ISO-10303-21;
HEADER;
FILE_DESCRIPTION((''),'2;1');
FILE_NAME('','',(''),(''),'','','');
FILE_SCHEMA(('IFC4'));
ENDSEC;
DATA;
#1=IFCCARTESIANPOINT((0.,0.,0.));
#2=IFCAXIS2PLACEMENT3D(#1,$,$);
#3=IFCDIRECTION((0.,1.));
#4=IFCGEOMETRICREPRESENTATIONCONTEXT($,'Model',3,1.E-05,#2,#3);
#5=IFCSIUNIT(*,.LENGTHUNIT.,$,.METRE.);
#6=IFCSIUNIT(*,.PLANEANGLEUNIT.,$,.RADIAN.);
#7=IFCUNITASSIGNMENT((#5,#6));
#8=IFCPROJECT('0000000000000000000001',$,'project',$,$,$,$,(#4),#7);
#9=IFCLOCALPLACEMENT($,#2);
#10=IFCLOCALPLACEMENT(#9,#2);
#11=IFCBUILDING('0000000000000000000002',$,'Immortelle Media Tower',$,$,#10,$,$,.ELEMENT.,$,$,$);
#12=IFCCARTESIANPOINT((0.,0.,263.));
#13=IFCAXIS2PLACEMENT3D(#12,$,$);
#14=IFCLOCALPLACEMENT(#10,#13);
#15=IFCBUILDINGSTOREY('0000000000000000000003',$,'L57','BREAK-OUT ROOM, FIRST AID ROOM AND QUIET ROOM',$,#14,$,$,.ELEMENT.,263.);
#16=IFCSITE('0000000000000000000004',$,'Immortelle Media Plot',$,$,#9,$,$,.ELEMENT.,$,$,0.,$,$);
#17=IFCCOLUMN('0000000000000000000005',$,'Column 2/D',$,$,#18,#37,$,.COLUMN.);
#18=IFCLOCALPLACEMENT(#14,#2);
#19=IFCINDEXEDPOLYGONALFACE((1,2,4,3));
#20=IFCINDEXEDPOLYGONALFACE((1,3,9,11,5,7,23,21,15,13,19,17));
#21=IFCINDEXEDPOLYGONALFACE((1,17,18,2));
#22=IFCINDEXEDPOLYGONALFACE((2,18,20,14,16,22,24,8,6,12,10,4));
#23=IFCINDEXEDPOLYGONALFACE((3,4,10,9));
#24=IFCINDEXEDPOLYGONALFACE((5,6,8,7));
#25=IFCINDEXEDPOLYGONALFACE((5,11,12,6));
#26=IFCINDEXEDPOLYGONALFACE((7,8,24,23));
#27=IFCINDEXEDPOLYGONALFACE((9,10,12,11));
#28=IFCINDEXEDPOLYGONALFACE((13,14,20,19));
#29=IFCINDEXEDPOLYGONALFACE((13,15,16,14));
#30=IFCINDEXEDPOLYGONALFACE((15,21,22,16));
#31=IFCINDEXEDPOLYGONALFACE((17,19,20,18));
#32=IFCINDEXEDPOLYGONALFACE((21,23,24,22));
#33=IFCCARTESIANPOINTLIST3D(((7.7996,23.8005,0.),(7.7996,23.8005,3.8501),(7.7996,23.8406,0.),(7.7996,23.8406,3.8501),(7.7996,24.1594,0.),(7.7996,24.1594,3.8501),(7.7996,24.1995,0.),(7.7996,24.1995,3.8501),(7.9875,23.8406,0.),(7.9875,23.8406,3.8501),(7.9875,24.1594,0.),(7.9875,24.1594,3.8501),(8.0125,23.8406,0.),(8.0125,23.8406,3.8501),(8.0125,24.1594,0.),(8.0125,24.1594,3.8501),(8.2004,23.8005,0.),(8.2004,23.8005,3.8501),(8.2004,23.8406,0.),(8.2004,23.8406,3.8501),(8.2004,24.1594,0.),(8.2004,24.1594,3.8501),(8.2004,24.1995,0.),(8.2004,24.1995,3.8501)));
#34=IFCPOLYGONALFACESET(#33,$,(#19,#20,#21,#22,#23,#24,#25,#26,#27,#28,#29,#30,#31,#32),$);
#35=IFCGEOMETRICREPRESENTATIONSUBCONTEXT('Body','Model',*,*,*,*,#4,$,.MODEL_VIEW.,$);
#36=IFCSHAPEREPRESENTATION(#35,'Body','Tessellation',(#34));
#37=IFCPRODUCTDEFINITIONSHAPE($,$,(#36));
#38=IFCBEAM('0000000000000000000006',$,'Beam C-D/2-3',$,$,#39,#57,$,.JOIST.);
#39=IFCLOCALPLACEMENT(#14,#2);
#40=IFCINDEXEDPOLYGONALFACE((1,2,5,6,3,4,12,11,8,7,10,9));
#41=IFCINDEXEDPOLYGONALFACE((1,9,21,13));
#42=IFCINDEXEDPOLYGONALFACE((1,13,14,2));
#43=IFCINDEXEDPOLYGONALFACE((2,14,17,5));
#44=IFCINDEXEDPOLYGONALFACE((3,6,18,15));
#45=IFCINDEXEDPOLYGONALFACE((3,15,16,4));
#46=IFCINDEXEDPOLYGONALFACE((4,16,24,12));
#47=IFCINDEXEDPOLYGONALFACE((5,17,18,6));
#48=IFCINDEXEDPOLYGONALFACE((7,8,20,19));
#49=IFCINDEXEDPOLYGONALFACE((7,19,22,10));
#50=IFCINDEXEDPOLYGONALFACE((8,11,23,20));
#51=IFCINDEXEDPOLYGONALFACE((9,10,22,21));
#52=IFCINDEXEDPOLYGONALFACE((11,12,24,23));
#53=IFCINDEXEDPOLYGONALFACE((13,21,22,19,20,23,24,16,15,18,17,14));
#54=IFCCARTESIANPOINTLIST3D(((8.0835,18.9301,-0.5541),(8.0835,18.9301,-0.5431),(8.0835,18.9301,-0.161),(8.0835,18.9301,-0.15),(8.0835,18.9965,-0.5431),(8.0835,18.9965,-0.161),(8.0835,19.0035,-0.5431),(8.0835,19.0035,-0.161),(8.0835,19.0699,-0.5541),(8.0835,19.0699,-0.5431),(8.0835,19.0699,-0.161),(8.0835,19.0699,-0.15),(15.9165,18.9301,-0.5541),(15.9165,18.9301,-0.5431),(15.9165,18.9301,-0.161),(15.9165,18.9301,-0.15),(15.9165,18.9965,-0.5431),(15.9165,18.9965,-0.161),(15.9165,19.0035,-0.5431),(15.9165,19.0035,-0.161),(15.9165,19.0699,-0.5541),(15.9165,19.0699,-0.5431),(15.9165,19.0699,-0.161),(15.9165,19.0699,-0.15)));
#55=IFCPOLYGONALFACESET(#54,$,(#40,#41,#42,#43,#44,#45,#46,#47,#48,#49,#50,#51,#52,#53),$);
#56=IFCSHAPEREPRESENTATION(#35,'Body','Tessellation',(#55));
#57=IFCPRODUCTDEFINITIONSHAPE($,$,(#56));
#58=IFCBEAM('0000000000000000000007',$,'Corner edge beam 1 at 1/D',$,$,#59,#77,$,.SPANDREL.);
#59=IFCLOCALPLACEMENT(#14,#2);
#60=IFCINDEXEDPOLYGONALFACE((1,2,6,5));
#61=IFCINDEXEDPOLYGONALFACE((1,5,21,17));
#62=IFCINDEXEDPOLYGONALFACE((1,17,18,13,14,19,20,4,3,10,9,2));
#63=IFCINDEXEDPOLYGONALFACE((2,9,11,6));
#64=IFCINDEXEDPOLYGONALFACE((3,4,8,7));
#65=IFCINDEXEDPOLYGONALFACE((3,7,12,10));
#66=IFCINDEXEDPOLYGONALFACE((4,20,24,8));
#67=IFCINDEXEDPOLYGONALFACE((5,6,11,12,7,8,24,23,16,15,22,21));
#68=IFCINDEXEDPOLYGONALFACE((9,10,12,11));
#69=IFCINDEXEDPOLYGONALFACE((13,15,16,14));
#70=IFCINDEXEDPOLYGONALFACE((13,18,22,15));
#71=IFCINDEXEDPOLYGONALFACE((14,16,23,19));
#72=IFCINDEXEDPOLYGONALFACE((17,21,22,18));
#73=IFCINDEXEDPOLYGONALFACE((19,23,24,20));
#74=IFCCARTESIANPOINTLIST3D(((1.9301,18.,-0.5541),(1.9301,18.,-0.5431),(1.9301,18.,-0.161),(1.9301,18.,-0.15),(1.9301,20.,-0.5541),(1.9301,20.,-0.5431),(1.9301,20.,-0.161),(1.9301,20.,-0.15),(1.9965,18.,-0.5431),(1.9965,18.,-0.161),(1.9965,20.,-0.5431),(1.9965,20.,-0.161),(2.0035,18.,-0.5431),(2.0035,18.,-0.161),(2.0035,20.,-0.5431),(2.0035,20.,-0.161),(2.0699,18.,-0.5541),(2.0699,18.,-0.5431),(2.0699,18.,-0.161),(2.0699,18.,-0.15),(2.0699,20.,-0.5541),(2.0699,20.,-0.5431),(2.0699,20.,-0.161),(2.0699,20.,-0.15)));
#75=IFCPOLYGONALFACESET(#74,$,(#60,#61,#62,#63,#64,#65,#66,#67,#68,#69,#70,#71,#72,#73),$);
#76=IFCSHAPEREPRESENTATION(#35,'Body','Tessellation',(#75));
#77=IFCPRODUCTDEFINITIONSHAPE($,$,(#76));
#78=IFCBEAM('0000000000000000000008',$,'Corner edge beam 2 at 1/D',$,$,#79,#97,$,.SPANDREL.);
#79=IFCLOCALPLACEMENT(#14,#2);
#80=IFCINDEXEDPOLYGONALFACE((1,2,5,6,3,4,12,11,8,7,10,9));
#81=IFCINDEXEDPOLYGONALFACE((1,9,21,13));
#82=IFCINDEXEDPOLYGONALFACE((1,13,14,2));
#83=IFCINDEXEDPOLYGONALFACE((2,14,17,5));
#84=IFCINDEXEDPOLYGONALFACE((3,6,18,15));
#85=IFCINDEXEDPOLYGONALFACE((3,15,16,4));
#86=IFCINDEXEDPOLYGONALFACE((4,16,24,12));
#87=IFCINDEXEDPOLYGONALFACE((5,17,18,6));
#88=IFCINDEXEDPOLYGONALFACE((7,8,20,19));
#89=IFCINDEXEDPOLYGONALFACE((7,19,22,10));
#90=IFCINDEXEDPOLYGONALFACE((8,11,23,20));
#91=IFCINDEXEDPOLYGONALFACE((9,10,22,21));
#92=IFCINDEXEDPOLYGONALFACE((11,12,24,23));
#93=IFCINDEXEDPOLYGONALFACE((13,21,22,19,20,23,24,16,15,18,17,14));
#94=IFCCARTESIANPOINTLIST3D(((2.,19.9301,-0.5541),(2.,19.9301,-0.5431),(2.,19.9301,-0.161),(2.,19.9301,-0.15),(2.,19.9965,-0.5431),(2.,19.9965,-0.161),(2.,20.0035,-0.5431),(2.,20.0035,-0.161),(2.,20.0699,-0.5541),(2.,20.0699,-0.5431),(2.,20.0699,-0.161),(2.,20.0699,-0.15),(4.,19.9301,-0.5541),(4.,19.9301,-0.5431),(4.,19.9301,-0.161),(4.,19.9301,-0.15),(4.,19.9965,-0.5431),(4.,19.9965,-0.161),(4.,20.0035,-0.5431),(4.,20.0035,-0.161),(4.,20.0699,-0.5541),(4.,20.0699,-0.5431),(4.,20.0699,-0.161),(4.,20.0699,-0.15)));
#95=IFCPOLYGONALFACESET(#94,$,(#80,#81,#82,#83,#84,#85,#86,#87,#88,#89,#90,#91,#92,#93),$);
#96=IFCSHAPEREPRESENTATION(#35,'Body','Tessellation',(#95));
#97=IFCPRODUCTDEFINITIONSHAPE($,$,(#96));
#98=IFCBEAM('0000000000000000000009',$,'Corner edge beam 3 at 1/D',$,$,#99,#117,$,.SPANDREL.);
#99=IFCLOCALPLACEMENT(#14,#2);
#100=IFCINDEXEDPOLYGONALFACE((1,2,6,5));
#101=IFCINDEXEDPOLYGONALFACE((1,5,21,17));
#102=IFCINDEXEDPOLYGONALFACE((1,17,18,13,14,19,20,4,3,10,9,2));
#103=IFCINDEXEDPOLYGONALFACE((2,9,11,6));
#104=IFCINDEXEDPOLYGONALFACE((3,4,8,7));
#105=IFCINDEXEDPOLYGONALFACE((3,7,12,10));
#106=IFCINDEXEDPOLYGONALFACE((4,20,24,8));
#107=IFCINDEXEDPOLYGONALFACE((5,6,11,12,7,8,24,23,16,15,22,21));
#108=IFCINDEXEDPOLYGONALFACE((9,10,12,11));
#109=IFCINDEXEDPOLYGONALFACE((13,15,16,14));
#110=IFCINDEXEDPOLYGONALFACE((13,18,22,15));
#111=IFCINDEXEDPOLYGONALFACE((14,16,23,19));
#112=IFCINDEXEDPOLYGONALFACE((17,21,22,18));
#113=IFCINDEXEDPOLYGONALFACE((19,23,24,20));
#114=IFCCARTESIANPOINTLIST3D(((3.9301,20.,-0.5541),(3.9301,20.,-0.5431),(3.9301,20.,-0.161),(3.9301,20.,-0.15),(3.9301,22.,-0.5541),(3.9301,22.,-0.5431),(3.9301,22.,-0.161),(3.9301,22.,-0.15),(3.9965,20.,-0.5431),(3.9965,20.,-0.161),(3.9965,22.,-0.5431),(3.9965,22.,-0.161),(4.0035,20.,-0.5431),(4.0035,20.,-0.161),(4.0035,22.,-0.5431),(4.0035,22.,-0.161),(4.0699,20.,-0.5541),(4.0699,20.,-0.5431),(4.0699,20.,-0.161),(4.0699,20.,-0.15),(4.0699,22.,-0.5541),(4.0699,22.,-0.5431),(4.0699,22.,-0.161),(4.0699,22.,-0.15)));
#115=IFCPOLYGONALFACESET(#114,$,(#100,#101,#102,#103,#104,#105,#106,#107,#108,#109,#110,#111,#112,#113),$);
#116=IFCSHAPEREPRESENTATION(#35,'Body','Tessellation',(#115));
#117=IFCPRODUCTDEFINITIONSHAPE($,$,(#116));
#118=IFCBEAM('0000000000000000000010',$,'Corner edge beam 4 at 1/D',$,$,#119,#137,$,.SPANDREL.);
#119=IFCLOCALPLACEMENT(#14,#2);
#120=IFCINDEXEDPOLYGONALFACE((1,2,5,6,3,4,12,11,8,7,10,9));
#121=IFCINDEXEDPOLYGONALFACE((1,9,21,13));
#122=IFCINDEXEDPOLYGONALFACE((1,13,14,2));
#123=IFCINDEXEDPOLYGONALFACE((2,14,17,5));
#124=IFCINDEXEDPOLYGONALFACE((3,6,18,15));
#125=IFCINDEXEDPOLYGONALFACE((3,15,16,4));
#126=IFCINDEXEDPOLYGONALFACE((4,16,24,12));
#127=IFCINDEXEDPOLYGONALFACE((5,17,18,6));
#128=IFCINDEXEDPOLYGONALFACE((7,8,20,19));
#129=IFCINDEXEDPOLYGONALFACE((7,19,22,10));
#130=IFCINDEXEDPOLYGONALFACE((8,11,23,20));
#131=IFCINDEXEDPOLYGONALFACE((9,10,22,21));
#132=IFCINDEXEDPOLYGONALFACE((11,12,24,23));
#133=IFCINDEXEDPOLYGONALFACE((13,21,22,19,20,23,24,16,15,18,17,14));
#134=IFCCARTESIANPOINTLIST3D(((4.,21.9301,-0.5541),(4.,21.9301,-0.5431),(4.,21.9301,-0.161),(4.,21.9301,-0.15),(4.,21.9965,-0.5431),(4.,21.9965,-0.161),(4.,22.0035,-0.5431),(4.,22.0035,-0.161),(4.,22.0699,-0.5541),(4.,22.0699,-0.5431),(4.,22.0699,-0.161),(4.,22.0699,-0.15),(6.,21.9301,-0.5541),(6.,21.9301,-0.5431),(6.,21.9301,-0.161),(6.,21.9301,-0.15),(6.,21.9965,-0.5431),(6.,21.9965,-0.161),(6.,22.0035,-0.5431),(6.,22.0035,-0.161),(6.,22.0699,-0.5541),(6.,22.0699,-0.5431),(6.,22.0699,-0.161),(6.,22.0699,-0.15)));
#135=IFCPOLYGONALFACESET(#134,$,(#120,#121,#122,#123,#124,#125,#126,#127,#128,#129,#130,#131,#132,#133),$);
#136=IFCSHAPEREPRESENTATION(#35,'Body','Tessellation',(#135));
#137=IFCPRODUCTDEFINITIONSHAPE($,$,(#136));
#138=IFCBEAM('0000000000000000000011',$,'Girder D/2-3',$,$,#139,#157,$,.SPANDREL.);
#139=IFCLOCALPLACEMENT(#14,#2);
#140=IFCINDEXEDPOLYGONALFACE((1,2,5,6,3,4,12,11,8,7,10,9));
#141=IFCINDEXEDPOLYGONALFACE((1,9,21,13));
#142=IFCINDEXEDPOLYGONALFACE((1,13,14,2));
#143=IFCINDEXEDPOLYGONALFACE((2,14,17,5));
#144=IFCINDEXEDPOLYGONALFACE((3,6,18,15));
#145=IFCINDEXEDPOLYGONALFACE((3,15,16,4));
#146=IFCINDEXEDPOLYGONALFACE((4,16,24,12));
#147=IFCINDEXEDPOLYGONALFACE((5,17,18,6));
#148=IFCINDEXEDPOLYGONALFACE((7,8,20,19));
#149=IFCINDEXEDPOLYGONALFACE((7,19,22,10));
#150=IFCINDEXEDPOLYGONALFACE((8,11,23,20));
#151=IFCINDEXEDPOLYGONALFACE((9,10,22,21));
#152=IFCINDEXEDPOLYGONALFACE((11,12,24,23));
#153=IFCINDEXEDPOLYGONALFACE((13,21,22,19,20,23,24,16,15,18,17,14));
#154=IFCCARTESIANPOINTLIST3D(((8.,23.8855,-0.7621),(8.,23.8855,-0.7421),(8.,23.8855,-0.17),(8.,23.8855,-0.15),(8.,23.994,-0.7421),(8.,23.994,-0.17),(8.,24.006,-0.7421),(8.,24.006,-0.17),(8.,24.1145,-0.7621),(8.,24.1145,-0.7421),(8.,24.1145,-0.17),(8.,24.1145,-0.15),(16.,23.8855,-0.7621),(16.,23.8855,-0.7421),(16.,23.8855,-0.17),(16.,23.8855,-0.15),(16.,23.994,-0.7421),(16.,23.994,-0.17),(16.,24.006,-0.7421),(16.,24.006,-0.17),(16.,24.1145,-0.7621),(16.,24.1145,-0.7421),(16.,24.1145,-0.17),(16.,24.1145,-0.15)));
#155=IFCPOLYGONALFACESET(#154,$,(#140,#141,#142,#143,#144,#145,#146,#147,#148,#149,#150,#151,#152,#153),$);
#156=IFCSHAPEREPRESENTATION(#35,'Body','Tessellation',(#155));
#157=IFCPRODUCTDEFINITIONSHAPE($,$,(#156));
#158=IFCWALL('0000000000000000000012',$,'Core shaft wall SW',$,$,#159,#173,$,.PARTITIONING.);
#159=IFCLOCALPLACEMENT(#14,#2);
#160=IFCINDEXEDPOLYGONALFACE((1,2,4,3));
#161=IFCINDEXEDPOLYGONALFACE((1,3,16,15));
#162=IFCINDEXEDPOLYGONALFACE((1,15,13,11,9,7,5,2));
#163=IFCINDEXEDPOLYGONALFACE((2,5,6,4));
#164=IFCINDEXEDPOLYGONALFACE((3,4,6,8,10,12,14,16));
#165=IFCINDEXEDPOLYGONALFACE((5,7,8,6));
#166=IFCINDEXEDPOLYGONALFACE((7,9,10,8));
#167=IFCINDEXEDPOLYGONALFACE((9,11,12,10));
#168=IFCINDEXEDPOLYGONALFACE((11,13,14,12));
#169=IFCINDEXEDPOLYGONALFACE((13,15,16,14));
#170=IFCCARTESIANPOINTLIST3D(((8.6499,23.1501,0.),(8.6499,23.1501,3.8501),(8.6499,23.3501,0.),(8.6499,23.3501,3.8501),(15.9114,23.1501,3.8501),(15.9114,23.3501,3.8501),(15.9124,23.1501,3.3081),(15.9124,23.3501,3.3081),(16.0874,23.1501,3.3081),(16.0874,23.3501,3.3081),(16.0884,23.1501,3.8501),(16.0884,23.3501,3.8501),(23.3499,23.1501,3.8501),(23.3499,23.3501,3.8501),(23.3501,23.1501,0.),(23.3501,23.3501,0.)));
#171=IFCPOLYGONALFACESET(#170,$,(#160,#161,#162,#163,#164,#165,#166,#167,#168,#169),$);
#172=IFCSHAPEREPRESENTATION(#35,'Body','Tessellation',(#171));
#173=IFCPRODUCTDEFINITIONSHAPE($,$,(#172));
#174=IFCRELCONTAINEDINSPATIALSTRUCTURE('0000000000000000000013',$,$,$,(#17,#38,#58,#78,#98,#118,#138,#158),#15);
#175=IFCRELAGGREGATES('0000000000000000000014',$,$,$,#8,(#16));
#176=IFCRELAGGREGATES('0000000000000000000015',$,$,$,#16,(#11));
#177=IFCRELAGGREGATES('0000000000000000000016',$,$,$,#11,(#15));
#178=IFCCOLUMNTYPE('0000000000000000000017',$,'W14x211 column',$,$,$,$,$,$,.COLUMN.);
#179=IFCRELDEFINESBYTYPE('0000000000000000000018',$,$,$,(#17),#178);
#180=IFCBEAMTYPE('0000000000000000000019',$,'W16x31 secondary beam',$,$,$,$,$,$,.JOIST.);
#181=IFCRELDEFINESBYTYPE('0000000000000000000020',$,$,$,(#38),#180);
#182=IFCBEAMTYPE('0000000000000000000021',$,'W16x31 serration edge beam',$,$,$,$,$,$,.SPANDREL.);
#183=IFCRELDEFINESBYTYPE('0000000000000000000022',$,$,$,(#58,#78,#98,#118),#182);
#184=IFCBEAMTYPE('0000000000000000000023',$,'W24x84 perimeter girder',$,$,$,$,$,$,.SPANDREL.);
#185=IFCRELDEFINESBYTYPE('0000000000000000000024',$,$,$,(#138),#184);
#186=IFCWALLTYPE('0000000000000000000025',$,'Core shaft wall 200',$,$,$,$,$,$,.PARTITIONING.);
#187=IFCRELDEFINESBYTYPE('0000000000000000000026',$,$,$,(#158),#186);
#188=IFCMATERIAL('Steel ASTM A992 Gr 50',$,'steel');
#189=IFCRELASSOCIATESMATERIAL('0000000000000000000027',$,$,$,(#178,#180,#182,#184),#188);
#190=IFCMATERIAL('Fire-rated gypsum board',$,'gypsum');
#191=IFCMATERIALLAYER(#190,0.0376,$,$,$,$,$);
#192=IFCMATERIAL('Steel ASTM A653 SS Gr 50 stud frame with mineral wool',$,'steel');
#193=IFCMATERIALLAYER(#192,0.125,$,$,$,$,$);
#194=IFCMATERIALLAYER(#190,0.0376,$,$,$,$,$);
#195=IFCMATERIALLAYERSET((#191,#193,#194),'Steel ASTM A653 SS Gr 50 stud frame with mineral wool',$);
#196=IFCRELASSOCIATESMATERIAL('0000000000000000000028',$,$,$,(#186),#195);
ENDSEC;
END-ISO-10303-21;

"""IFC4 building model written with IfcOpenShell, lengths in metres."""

from ifc_helpers import new_model, si_unit, direction, frame, origin, origin_2d, place, context, subcontext, project, spatial, polyline, i_section, outline, extrude, material, layer, layer_set, material_profile, profile_set, type_object, element, save


model = new_model("IFC4")

# Units and contexts
model_context = context("Model", 3, precision=1e-05, world=origin(), true_north=direction((0.0, 1.0)))
body_context = subcontext(model_context, "Body", "Model", "MODEL_VIEW")
ifc_project = project(units=[si_unit("LENGTHUNIT", "METRE"), si_unit("PLANEANGLEUNIT", "RADIAN")], contexts=[model_context])

# Site, building, storey
site_placement = place(None, origin())
site = spatial("IfcSite", under=ifc_project, at=site_placement, Name="Immortelle Media Plot", CompositionType="ELEMENT", RefElevation=0.0)
building_placement = place(site_placement, origin())
building = spatial("IfcBuilding", under=site, at=building_placement, Name="Immortelle Media Tower", CompositionType="ELEMENT")
storey_placement = place(building_placement, frame((0.0, 0.0, 263.0)))
storey = spatial("IfcBuildingStorey", under=building, at=storey_placement, Name="L57", Description="BREAK-OUT ROOM, FIRST AID ROOM AND QUIET ROOM", CompositionType="ELEMENT", Elevation=263.0)

# Column
ifc_material_1 = material(Name="Steel ASTM A992 Gr 50", Category="steel")
ifc_material_profile_1 = material_profile(ifc_material_1, i_section(OverallWidth=0.4009, OverallDepth=0.3989, WebThickness=0.0249, FlangeThickness=0.04, at=origin_2d()), Name="W14x211")
ifc_profile_set_1 = profile_set([ifc_material_profile_1], Name="Steel ASTM A992 Gr 50")
column_type = type_object("IfcColumnType", Name="W14x211 column", PredefinedType="COLUMN", material=ifc_profile_set_1)
column_placement = place(storey_placement, frame((8.0, 24.0, 0.0), z_axis=(0.0, 0.0, 1.0), x_axis=(1.0, 0.0, 0.0)))
element("IfcColumn", 1, at=column_placement, inside=storey, type_object=column_type, Name="Column 2/D", PredefinedType="COLUMN", context=body_context, shape_type="SweptSolid", body=[
    extrude(i_section(OverallWidth=0.4009, OverallDepth=0.3989, WebThickness=0.0249, FlangeThickness=0.04, at=origin_2d()), origin(), (0.0, 0.0, 1.0), 3.8501),
])

# Beams
ifc_material_profile_2 = material_profile(ifc_material_1, i_section(OverallWidth=0.1399, OverallDepth=0.4041, WebThickness=0.0071, FlangeThickness=0.011, at=origin_2d()), Name="W16x31")
ifc_profile_set_2 = profile_set([ifc_material_profile_2], Name="Steel ASTM A992 Gr 50")
beam_type_1 = type_object("IfcBeamType", Name="W16x31 secondary beam", PredefinedType="JOIST", material=ifc_profile_set_2)
beam_1_placement = place(storey_placement, frame((8.0835, 19.0, -0.3521), z_axis=(1.0, 0.0, 0.0), x_axis=(0.0, 1.0, 0.0)))
element("IfcBeam", 2, at=beam_1_placement, inside=storey, type_object=beam_type_1, Name="Beam C-D/2-3", PredefinedType="JOIST", context=body_context, shape_type="SweptSolid", body=[
    extrude(i_section(OverallWidth=0.1399, OverallDepth=0.4041, WebThickness=0.0071, FlangeThickness=0.011, at=origin_2d()), origin(), (0.0, 0.0, 1.0), 7.833),
])
ifc_material_profile_3 = material_profile(ifc_material_1, i_section(OverallWidth=0.1399, OverallDepth=0.4041, WebThickness=0.0071, FlangeThickness=0.011, at=origin_2d()), Name="W16x31")
ifc_profile_set_3 = profile_set([ifc_material_profile_3], Name="Steel ASTM A992 Gr 50")
beam_type_2 = type_object("IfcBeamType", Name="W16x31 serration edge beam", PredefinedType="SPANDREL", material=ifc_profile_set_3)
for number, where, z_axis, x_axis, name in (
    (3, (2.0, 18.0, -0.3521), (0.0, 1.0, 0.0), (-1.0, 0.0, 0.0), "Corner edge beam 1 at 1/D"),
    (4, (2.0, 20.0, -0.3521), (1.0, 0.0, 0.0), (0.0, 1.0, 0.0), "Corner edge beam 2 at 1/D"),
    (5, (4.0, 20.0, -0.3521), (0.0, 1.0, 0.0), (-1.0, 0.0, 0.0), "Corner edge beam 3 at 1/D"),
    (6, (4.0, 22.0, -0.3521), (1.0, 0.0, 0.0), (0.0, 1.0, 0.0), "Corner edge beam 4 at 1/D"),
):
    element("IfcBeam", number, at=place(storey_placement, frame(where, z_axis=z_axis, x_axis=x_axis)), inside=storey, type_object=beam_type_2, Name=name, PredefinedType="SPANDREL", context=body_context, shape_type="SweptSolid", body=[
        extrude(i_section(OverallWidth=0.1399, OverallDepth=0.4041, WebThickness=0.0071, FlangeThickness=0.011, at=origin_2d()), origin(), (0.0, 0.0, 1.0), 2.0),
    ])
ifc_material_profile_4 = material_profile(ifc_material_1, i_section(OverallWidth=0.229, OverallDepth=0.6121, WebThickness=0.012, FlangeThickness=0.02, at=origin_2d()), Name="W24x84")
ifc_profile_set_4 = profile_set([ifc_material_profile_4], Name="Steel ASTM A992 Gr 50")
beam_type_3 = type_object("IfcBeamType", Name="W24x84 perimeter girder", PredefinedType="SPANDREL", material=ifc_profile_set_4)
beam_2_placement = place(storey_placement, frame((8.0, 24.0, -0.4561), z_axis=(1.0, 0.0, 0.0), x_axis=(0.0, 1.0, 0.0)))
element("IfcBeam", 7, at=beam_2_placement, inside=storey, type_object=beam_type_3, Name="Girder D/2-3", PredefinedType="SPANDREL", context=body_context, shape_type="SweptSolid", body=[
    extrude(i_section(OverallWidth=0.229, OverallDepth=0.6121, WebThickness=0.012, FlangeThickness=0.02, at=origin_2d()), origin(), (0.0, 0.0, 1.0), 8.0),
])

# Wall
ifc_material_2 = material(Name="Fire-rated gypsum board", Category="gypsum")
ifc_layer_1 = layer(ifc_material_2, 0.0376)
ifc_material_3 = material(Name="Steel ASTM A653 SS Gr 50 stud frame with mineral wool", Category="steel")
ifc_layer_2 = layer(ifc_material_3, 0.125)
ifc_layer_3 = layer(ifc_material_2, 0.0376)
ifc_layer_set_1 = layer_set([ifc_layer_1, ifc_layer_2, ifc_layer_3], Name="Steel ASTM A653 SS Gr 50 stud frame with mineral wool")
wall_type_1 = type_object("IfcWallType", Name="Core shaft wall 200", PredefinedType="PARTITIONING", material=ifc_layer_set_1)
wall_1_placement = place(storey_placement, frame((8.6499, 23.25, 0.0), z_axis=(0.0, 0.0, 1.0), x_axis=(1.0, 0.0, 0.0)))
element("IfcWall", 8, at=wall_1_placement, inside=storey, type_object=wall_type_1, Name="Core shaft wall SW", PredefinedType="PARTITIONING", context=body_context, shape_type="SweptSolid", body=[
    extrude(outline(polyline([(0.0, 0.0), (14.7002, 0.0), (14.7, 3.8501), (7.4385, 3.8501), (7.4375, 3.3081), (7.2625, 3.3081), (7.2615, 3.8501), (0.0, 3.8501), (0.0, 0.0)])), frame((0.0, 0.1001, 0.0), z_axis=(0.0, -1.0, 0.0), x_axis=(1.0, 0.0, 0.0)), (0.0, 0.0, 1.0), 0.2),
])

save(model, "model.ifc")
